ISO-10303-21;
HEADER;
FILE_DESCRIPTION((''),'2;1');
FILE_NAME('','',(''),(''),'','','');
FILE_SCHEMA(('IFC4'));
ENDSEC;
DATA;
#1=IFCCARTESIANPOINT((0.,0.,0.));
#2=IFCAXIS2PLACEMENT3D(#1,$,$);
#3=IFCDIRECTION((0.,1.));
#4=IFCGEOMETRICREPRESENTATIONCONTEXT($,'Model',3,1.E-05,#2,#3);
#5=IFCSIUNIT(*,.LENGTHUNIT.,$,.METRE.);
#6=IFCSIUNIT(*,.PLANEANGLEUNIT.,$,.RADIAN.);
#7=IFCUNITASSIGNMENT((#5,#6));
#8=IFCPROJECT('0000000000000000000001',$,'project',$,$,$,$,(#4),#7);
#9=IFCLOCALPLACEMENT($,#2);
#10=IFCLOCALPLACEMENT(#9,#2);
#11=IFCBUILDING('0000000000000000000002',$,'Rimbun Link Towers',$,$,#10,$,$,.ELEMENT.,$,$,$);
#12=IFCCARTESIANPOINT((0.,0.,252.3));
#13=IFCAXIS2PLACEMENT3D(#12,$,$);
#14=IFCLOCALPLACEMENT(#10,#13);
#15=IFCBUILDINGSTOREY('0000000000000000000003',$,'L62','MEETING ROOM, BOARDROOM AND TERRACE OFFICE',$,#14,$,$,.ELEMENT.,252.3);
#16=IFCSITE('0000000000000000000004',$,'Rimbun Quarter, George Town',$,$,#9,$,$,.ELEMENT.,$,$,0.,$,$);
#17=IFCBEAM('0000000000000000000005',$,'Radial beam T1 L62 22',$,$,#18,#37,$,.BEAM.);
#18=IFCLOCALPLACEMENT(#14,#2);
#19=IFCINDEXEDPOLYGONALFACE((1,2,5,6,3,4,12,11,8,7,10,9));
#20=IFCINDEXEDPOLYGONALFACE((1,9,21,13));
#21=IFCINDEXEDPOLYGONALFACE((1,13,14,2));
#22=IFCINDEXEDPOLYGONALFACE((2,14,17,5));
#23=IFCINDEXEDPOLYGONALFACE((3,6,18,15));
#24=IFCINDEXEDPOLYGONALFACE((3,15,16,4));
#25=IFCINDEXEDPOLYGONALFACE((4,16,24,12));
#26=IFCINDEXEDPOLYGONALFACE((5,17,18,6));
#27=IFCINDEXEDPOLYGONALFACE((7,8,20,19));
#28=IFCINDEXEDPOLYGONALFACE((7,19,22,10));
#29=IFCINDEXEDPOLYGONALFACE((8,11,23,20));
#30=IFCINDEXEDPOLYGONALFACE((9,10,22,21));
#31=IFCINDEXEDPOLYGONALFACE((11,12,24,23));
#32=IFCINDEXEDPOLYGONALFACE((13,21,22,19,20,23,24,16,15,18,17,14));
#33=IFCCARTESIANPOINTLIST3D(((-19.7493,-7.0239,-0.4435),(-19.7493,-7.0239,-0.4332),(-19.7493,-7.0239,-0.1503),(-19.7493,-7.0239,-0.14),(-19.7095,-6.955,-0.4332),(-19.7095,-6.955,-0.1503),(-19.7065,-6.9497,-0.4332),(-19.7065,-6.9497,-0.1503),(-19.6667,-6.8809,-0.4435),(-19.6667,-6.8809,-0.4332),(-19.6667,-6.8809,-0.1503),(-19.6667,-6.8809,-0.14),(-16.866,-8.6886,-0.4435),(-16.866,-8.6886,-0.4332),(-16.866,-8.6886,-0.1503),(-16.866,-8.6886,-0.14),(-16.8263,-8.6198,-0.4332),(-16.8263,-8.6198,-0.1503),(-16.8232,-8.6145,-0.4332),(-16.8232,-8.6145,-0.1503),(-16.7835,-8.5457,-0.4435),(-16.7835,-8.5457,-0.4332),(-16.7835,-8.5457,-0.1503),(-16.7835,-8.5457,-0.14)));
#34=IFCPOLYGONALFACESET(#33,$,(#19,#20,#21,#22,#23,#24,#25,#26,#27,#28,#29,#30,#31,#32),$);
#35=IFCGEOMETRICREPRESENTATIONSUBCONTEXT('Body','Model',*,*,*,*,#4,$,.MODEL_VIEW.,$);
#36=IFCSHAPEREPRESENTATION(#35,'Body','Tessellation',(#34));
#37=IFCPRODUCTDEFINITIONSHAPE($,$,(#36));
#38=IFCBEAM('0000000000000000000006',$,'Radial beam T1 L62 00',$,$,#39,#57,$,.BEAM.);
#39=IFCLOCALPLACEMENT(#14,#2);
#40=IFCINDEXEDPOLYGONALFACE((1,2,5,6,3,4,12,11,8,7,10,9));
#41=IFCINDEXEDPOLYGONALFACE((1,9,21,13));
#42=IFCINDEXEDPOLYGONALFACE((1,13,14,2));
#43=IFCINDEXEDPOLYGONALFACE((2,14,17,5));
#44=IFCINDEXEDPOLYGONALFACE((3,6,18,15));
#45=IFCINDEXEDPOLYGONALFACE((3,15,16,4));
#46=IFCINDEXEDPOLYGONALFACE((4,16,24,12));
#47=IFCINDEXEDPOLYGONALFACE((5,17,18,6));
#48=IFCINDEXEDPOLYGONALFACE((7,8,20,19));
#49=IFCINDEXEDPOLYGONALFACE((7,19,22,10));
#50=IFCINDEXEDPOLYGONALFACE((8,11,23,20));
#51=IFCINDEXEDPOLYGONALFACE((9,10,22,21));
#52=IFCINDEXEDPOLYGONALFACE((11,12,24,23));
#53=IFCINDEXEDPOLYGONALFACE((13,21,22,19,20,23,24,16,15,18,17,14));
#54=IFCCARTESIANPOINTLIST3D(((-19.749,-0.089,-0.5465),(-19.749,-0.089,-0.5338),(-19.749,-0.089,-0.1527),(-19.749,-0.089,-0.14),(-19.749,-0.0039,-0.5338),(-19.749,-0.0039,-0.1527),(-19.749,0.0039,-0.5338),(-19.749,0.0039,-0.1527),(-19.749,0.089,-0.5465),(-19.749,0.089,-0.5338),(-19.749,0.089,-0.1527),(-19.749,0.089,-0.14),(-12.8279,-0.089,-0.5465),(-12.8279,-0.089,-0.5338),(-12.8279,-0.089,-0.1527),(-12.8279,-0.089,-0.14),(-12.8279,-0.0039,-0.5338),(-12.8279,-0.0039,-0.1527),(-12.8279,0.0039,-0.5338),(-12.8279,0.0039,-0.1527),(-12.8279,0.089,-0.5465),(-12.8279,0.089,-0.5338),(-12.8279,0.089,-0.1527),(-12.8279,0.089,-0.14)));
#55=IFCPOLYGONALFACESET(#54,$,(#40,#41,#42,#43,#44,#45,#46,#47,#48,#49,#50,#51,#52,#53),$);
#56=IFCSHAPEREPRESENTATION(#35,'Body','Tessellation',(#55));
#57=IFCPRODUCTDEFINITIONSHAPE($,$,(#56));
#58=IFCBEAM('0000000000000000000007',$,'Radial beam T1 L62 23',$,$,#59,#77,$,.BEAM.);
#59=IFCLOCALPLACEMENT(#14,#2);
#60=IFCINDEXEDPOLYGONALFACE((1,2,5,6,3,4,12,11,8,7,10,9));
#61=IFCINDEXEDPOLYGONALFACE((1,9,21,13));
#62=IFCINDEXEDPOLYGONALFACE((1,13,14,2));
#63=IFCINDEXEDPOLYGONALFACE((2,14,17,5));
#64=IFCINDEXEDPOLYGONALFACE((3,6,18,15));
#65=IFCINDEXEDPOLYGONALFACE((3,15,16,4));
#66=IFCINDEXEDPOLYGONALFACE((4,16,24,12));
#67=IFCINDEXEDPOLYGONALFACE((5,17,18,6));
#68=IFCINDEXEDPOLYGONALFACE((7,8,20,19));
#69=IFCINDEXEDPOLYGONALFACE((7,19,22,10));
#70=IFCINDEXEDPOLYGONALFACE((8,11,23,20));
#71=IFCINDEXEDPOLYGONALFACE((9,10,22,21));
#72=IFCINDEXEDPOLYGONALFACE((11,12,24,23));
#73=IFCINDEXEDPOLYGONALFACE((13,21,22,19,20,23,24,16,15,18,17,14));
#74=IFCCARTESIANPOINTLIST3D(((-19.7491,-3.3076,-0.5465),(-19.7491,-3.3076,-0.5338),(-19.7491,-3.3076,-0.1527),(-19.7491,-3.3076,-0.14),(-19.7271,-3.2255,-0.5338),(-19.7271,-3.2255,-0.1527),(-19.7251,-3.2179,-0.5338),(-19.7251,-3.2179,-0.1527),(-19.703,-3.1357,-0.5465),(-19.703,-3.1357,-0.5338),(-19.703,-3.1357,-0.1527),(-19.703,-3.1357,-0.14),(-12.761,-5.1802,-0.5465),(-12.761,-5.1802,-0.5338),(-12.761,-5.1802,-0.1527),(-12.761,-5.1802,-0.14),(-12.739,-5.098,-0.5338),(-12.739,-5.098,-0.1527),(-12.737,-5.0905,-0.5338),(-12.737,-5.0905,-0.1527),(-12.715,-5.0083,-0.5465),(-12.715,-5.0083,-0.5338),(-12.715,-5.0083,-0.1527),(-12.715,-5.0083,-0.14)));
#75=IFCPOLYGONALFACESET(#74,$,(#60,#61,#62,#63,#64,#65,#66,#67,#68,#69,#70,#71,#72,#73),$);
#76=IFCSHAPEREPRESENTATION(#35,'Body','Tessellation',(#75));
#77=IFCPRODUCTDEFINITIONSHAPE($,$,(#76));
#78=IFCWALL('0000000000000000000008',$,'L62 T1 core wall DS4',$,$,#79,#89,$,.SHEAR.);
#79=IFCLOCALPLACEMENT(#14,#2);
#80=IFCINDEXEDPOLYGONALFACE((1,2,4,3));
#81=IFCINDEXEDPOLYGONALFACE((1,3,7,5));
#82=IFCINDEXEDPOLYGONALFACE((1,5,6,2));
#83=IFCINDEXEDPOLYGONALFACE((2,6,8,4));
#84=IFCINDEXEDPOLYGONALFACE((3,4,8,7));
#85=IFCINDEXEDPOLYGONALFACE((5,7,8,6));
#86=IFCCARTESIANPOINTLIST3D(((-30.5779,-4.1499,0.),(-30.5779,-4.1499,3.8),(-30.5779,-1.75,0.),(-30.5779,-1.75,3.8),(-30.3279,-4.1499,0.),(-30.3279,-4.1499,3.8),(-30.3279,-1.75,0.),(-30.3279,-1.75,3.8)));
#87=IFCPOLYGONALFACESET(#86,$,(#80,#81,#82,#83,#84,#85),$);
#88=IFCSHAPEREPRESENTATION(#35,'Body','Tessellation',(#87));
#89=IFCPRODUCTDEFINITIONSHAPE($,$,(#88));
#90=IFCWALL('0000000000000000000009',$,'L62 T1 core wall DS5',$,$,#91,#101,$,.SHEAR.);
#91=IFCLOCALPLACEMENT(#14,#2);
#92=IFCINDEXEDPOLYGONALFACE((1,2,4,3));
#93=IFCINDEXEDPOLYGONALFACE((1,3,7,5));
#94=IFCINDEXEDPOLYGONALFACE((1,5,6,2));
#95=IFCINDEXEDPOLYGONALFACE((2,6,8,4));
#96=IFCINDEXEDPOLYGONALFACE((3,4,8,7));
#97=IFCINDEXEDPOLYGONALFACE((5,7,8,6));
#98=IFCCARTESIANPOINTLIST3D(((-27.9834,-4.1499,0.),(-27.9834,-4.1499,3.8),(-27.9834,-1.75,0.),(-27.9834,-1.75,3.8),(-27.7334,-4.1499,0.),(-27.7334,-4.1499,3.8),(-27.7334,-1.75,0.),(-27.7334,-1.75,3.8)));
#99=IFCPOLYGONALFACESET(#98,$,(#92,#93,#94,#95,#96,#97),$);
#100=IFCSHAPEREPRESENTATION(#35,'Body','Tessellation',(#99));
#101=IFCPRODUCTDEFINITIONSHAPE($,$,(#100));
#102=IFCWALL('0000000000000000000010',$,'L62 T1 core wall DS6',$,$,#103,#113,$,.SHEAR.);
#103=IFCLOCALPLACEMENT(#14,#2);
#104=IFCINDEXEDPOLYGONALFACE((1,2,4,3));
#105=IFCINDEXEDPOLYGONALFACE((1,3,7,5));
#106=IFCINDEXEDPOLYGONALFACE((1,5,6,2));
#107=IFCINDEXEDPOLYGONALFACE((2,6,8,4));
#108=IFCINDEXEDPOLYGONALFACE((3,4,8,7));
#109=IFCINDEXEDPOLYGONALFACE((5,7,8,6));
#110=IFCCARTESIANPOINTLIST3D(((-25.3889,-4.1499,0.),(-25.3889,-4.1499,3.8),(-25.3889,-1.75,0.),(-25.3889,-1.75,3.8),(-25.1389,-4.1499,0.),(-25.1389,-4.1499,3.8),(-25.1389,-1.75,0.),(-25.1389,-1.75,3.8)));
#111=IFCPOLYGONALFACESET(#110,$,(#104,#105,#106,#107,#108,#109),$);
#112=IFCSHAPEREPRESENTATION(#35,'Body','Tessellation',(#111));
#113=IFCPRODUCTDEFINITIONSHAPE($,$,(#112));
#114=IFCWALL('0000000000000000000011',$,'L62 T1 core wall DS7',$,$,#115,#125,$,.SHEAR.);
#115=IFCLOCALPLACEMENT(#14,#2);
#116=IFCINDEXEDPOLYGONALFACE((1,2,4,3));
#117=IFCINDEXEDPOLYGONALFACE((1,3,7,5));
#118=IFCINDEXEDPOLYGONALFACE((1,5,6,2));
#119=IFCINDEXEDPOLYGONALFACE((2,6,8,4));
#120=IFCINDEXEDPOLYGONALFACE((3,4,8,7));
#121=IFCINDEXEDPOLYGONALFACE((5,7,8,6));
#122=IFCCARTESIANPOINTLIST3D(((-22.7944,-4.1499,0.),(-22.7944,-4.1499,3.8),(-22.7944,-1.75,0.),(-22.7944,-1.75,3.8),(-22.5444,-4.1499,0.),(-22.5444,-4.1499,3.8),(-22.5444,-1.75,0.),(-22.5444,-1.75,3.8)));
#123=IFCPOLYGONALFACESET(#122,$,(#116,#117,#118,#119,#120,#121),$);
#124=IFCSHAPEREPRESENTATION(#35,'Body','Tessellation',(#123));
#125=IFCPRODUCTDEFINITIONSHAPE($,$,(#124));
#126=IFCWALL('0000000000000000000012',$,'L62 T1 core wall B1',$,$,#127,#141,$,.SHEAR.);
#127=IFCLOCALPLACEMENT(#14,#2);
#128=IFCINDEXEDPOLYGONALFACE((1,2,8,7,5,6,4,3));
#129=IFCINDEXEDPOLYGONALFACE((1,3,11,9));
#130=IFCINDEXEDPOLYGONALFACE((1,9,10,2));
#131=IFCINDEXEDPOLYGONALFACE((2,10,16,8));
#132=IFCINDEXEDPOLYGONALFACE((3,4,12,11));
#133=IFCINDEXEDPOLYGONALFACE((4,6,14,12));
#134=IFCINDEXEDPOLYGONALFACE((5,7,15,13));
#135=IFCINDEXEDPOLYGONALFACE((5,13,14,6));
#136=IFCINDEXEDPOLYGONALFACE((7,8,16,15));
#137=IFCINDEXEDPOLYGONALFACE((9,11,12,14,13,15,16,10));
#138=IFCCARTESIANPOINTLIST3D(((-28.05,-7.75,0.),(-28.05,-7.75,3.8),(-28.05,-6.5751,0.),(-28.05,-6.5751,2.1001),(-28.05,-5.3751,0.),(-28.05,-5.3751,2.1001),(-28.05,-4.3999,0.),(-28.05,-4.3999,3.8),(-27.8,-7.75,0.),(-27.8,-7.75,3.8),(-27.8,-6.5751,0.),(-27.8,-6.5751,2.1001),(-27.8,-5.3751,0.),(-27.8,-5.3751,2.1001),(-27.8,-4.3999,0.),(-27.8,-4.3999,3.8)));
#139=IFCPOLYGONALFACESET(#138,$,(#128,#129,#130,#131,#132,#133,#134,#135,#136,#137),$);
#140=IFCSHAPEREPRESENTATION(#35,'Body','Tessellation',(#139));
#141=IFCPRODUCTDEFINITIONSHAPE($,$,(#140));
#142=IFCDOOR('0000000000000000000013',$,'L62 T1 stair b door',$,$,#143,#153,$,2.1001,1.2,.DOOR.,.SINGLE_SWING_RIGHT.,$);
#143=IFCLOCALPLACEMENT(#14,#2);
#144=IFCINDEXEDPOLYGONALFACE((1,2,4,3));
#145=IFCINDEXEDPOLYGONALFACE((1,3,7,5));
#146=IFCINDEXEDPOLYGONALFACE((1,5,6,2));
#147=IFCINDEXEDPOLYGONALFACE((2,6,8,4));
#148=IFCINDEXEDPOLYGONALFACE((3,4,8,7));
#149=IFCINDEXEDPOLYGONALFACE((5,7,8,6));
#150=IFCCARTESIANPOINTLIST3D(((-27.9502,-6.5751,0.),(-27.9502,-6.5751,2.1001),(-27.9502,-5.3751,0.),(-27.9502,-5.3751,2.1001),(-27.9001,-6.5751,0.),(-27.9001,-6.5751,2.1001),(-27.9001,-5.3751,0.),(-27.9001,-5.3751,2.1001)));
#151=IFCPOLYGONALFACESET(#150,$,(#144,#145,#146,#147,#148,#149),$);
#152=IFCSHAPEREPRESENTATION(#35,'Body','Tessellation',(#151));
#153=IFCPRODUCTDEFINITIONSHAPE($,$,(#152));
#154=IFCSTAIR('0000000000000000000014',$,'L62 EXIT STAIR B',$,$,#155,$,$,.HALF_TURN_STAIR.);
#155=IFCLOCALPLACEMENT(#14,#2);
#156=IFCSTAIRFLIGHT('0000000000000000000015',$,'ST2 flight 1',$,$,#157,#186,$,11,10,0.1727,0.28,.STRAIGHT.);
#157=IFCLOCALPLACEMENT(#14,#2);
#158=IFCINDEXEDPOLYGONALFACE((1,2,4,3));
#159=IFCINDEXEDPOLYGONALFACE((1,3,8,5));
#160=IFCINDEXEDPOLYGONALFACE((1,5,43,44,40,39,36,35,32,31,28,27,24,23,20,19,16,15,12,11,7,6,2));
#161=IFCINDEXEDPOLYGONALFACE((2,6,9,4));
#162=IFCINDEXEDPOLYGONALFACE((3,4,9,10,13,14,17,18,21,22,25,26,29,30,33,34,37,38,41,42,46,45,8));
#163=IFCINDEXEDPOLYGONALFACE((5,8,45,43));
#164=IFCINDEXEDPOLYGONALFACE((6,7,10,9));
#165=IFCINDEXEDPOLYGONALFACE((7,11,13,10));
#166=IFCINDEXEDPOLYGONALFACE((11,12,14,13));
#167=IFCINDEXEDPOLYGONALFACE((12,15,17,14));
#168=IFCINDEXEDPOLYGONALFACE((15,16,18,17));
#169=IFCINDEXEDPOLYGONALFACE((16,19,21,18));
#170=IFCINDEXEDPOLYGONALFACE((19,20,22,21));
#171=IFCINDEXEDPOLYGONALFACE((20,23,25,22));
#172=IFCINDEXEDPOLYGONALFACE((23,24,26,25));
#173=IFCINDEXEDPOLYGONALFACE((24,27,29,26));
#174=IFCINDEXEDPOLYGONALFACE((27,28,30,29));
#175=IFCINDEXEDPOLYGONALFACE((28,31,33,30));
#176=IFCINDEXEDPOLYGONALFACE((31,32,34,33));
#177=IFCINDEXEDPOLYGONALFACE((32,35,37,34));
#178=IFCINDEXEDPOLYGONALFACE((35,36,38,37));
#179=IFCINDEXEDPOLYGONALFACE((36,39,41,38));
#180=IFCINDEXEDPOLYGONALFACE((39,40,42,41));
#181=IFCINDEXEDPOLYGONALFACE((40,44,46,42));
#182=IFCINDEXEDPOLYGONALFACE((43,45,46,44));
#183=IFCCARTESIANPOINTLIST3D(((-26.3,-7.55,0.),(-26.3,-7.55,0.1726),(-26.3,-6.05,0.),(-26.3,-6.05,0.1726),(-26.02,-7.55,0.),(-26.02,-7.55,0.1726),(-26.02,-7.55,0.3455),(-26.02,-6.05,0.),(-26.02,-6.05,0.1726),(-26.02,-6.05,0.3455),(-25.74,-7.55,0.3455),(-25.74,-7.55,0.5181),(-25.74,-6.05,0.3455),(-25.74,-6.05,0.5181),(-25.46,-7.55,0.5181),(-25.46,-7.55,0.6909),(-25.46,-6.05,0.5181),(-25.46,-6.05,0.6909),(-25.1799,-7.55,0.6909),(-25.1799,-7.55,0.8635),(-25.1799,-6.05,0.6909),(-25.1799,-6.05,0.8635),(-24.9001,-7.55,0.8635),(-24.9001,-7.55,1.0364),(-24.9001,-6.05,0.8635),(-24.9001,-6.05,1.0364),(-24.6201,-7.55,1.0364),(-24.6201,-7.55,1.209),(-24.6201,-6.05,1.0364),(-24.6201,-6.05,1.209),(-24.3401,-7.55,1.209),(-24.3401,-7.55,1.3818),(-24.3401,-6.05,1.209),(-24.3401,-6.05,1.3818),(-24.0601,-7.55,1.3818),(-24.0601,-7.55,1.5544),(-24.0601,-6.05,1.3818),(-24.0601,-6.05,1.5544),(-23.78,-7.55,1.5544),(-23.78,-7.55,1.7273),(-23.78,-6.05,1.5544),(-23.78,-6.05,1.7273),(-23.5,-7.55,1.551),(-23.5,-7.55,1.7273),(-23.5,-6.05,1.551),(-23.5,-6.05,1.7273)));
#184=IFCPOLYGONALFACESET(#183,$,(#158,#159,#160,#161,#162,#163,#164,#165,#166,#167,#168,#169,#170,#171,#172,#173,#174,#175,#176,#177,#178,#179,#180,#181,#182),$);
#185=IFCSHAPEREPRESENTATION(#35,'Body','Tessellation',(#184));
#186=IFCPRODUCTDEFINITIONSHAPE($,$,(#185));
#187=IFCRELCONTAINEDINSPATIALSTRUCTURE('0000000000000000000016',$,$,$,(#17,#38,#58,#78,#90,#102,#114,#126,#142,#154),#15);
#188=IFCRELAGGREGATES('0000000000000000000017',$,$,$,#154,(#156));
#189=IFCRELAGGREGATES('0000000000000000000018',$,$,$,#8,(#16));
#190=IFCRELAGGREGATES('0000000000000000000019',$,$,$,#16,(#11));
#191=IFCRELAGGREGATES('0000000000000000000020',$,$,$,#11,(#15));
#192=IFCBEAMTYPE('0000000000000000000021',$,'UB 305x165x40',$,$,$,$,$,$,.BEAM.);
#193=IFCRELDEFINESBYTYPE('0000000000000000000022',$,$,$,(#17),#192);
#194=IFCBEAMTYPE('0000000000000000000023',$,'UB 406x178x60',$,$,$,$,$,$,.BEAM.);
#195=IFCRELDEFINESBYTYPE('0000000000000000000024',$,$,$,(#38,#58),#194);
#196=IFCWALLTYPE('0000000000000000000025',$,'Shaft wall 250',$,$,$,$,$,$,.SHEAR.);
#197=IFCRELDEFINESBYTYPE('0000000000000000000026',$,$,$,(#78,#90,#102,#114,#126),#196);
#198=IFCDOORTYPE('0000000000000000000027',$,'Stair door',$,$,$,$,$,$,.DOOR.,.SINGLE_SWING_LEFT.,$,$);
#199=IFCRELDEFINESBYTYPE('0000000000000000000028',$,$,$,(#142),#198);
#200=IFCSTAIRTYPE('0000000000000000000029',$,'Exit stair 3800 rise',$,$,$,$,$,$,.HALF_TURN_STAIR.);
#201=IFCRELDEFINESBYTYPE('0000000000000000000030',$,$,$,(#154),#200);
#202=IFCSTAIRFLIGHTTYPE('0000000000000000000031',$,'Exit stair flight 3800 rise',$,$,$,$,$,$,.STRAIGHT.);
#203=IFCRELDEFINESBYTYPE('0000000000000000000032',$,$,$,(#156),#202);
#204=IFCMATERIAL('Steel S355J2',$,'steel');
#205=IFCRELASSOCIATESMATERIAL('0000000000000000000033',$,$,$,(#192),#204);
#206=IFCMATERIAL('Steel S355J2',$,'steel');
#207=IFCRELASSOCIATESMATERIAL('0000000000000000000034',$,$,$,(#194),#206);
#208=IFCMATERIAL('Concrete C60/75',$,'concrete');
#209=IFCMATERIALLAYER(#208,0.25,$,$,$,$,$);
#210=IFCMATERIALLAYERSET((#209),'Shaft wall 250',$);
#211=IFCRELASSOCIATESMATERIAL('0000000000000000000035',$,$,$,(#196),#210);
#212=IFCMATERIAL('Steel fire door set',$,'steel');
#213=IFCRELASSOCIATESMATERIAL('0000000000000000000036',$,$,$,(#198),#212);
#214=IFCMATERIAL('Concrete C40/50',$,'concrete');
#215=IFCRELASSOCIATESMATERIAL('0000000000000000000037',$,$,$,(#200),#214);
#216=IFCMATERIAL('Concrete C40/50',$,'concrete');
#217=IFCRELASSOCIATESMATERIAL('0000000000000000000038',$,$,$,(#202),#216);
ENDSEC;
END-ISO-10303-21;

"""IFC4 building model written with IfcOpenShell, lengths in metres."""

from ifc_helpers import new_model, si_unit, direction, frame, frame_2d, origin, origin_2d, place, context, subcontext, project, spatial, polyline, rectangle, i_section, outline, extrude, material, layer, layer_set, material_profile, profile_set, type_object, element, fill, aggregate, save


model = new_model("IFC4")

# Units and contexts
model_context = context("Model", 3, precision=1e-05, world=origin(), true_north=direction((0.0, 1.0)))
body_context = subcontext(model_context, "Body", "Model", "MODEL_VIEW")
ifc_project = project(units=[si_unit("LENGTHUNIT", "METRE"), si_unit("PLANEANGLEUNIT", "RADIAN")], contexts=[model_context])

# Site, building, storey
site_placement = place(None, origin())
site = spatial("IfcSite", under=ifc_project, at=site_placement, Name="Rimbun Quarter, George Town", CompositionType="ELEMENT", RefElevation=0.0)
building_placement = place(site_placement, origin())
building = spatial("IfcBuilding", under=site, at=building_placement, Name="Rimbun Link Towers", CompositionType="ELEMENT")
storey_placement = place(building_placement, frame((0.0, 0.0, 252.3)))
storey = spatial("IfcBuildingStorey", under=building, at=storey_placement, Name="L62", Description="MEETING ROOM, BOARDROOM AND TERRACE OFFICE", CompositionType="ELEMENT", Elevation=252.3)

# Beams
ifc_material_1 = material(Name="Steel S355J2", Category="steel")
ifc_material_profile_1 = material_profile(ifc_material_1, i_section(OverallWidth=0.165, OverallDepth=0.3035, WebThickness=0.0061, FlangeThickness=0.0103, at=origin_2d()), Name="UB 305x165x40")
ifc_profile_set_1 = profile_set([ifc_material_profile_1], Name="Steel S355J2")
beam_type_1 = type_object("IfcBeamType", Name="UB 305x165x40", PredefinedType="BEAM", material=ifc_profile_set_1)
beam_1_placement = place(storey_placement, frame((-19.708, -6.9524, -0.2917), z_axis=(0.86601, -0.500027, 0.0), x_axis=(0.500027, 0.86601, 0.0)))
element("IfcBeam", 1, at=beam_1_placement, inside=storey, type_object=beam_type_1, Name="Radial beam T1 L62 22", PredefinedType="BEAM", context=body_context, shape_type="SweptSolid", body=[
    extrude(i_section(OverallWidth=0.165, OverallDepth=0.3035, WebThickness=0.0061, FlangeThickness=0.0103, at=origin_2d()), origin(), (0.0, 0.0, 1.0), 3.3293),
])
ifc_material_2 = material(Name="Steel S355J2", Category="steel")
ifc_material_profile_2 = material_profile(ifc_material_2, i_section(OverallWidth=0.178, OverallDepth=0.4065, WebThickness=0.0078, FlangeThickness=0.0127, at=origin_2d()), Name="UB 406x178x60")
ifc_profile_set_2 = profile_set([ifc_material_profile_2], Name="Steel S355J2")
beam_type_2 = type_object("IfcBeamType", Name="UB 406x178x60", PredefinedType="BEAM", material=ifc_profile_set_2)
beam_2_placement = place(storey_placement, frame((-19.749, 0.0, -0.3433), z_axis=(1.0, 0.0, 0.0), x_axis=(0.0, 1.0, 0.0)))
element("IfcBeam", 2, at=beam_2_placement, inside=storey, type_object=beam_type_2, Name="Radial beam T1 L62 00", PredefinedType="BEAM", context=body_context, shape_type="SweptSolid", body=[
    extrude(i_section(OverallWidth=0.178, OverallDepth=0.4065, WebThickness=0.0078, FlangeThickness=0.0127, at=origin_2d()), origin(), (0.0, 0.0, 1.0), 6.9211),
])
beam_3_placement = place(storey_placement, frame((-19.7261, -3.2217, -0.3433), z_axis=(0.965922, -0.258834, 0.0), x_axis=(0.258834, 0.965922, 0.0)))
element("IfcBeam", 3, at=beam_3_placement, inside=storey, type_object=beam_type_2, Name="Radial beam T1 L62 23", PredefinedType="BEAM", context=body_context, shape_type="SweptSolid", body=[
    extrude(i_section(OverallWidth=0.178, OverallDepth=0.4065, WebThickness=0.0078, FlangeThickness=0.0127, at=origin_2d()), origin(), (0.0, 0.0, 1.0), 7.2346),
])

# Walls
ifc_material_3 = material(Name="Concrete C60/75", Category="concrete")
ifc_layer = layer(ifc_material_3, 0.25)
ifc_layer_set = layer_set([ifc_layer], Name="Shaft wall 250")
wall_type = type_object("IfcWallType", Name="Shaft wall 250", PredefinedType="SHEAR", material=ifc_layer_set)
for number, where, z_axis, x_axis, name in (
    (4, (-30.4529, -4.1499, 0.0), (0.0, 0.0, 1.0), (0.0, 1.0, 0.0), "L62 T1 core wall DS4"),
    (5, (-27.8584, -4.1499, 0.0), (0.0, 0.0, 1.0), (0.0, 1.0, 0.0), "L62 T1 core wall DS5"),
    (6, (-25.2639, -4.1499, 0.0), (0.0, 0.0, 1.0), (0.0, 1.0, 0.0), "L62 T1 core wall DS6"),
    (7, (-22.6694, -4.1499, 0.0), (0.0, 0.0, 1.0), (0.0, 1.0, 0.0), "L62 T1 core wall DS7"),
):
    element("IfcWall", number, at=place(storey_placement, frame(where, z_axis=z_axis, x_axis=x_axis)), inside=storey, type_object=wall_type, Name=name, PredefinedType="SHEAR", context=body_context, shape_type="SweptSolid", body=[
        extrude(rectangle(XDim=2.3999, YDim=0.25, at=frame_2d((1.2, 0.0))), origin(), (0.0, 0.0, 1.0), 3.8),
    ])

# Wall, opening, door
wall_placement = place(storey_placement, frame((-27.925, -4.3999, 0.0), z_axis=(0.0, 0.0, 1.0), x_axis=(0.0, -1.0, 0.0)))
wall = element("IfcWall", 8, at=wall_placement, inside=storey, type_object=wall_type, Name="L62 T1 core wall B1", PredefinedType="SHEAR", context=body_context, shape_type="SweptSolid", body=[
    extrude(rectangle(XDim=3.3501, YDim=0.25, at=frame_2d((1.675, 0.0))), origin(), (0.0, 0.0, 1.0), 3.8),
])
opening_placement = place(wall_placement, frame((0.9751, 0.0, 0.0)))
opening = element("IfcOpeningElement", 9, at=opening_placement, cuts=wall, PredefinedType="OPENING", context=body_context, shape_type="SweptSolid", body=[
    extrude(rectangle(XDim=1.2, YDim=2.1001, at=frame_2d((0.6001, 1.05))), frame((0.0, 0.135, 0.0), z_axis=(0.0, -1.0, 0.0), x_axis=(1.0, 0.0, 0.0)), (0.0, 0.0, 1.0), 0.27),
])
ifc_material_4 = material(Name="Steel fire door set", Category="steel")
door_type = type_object("IfcDoorType", Name="Stair door", OperationType="SINGLE_SWING_LEFT", PredefinedType="DOOR", material=ifc_material_4)
door_placement = place(opening_placement, origin())
door = element("IfcDoor", 10, at=door_placement, inside=storey, type_object=door_type, Name="L62 T1 stair b door", OperationType="SINGLE_SWING_RIGHT", OverallHeight=2.1001, OverallWidth=1.2, PredefinedType="DOOR", context=body_context, shape_type="SweptSolid", body=[
    extrude(rectangle(XDim=1.2, YDim=2.1001, at=frame_2d((0.6001, 1.05))), frame((0.0, 0.0249, 0.0), z_axis=(0.0, -1.0, 0.0), x_axis=(1.0, 0.0, 0.0)), (0.0, 0.0, 1.0), 0.05),
])
fill(opening, door)

# Stair, stair flight
ifc_material_5 = material(Name="Concrete C40/50", Category="concrete")
stair_type = type_object("IfcStairType", Name="Exit stair 3800 rise", PredefinedType="HALF_TURN_STAIR", material=ifc_material_5)
stair_placement = place(storey_placement, origin())
stair = element("IfcStair", 11, at=stair_placement, inside=storey, type_object=stair_type, Name="L62 EXIT STAIR B", PredefinedType="HALF_TURN_STAIR")
ifc_material_6 = material(Name="Concrete C40/50", Category="concrete")
stair_flight_type = type_object("IfcStairFlightType", Name="Exit stair flight 3800 rise", PredefinedType="STRAIGHT", material=ifc_material_6)
stair_flight_1_placement = place(storey_placement, frame((-26.3, -6.8, 0.0), z_axis=(0.0, 0.0, 1.0), x_axis=(1.0, 0.0, 0.0)))
stair_flight_1 = element("IfcStairFlight", 12, at=stair_flight_1_placement, type_object=stair_flight_type, Name="ST2 flight 1", NumberOfRisers=11, NumberOfTreads=10, PredefinedType="STRAIGHT", RiserHeight=0.1727, TreadLength=0.28, context=body_context, shape_type="SweptSolid", body=[
    extrude(outline(polyline([(0.0, 0.0), (0.0, 0.1726), (0.28, 0.1726), (0.28, 0.3455), (0.5601, 0.3455), (0.5601, 0.5181), (0.8401, 0.5181), (0.8401, 0.6909), (1.1201, 0.6909), (1.1201, 0.8635), (1.3999, 0.8635), (1.3999, 1.0364), (1.6799, 1.0364), (1.6799, 1.209), (1.96, 1.209), (1.96, 1.3818), (2.24, 1.3818), (2.24, 1.5544), (2.52, 1.5544), (2.52, 1.7273), (2.8, 1.7273), (2.8, 1.8999), (2.8, 1.551), (0.28, 0.0), (0.0, 0.0)])), frame((0.0, 0.75, 0.0), z_axis=(0.0, -1.0, 0.0), x_axis=(1.0, 0.0, 0.0)), (0.0, 0.0, 1.0), 1.5),
])
aggregate(stair, [stair_flight_1])

save(model, "model.ifc")
